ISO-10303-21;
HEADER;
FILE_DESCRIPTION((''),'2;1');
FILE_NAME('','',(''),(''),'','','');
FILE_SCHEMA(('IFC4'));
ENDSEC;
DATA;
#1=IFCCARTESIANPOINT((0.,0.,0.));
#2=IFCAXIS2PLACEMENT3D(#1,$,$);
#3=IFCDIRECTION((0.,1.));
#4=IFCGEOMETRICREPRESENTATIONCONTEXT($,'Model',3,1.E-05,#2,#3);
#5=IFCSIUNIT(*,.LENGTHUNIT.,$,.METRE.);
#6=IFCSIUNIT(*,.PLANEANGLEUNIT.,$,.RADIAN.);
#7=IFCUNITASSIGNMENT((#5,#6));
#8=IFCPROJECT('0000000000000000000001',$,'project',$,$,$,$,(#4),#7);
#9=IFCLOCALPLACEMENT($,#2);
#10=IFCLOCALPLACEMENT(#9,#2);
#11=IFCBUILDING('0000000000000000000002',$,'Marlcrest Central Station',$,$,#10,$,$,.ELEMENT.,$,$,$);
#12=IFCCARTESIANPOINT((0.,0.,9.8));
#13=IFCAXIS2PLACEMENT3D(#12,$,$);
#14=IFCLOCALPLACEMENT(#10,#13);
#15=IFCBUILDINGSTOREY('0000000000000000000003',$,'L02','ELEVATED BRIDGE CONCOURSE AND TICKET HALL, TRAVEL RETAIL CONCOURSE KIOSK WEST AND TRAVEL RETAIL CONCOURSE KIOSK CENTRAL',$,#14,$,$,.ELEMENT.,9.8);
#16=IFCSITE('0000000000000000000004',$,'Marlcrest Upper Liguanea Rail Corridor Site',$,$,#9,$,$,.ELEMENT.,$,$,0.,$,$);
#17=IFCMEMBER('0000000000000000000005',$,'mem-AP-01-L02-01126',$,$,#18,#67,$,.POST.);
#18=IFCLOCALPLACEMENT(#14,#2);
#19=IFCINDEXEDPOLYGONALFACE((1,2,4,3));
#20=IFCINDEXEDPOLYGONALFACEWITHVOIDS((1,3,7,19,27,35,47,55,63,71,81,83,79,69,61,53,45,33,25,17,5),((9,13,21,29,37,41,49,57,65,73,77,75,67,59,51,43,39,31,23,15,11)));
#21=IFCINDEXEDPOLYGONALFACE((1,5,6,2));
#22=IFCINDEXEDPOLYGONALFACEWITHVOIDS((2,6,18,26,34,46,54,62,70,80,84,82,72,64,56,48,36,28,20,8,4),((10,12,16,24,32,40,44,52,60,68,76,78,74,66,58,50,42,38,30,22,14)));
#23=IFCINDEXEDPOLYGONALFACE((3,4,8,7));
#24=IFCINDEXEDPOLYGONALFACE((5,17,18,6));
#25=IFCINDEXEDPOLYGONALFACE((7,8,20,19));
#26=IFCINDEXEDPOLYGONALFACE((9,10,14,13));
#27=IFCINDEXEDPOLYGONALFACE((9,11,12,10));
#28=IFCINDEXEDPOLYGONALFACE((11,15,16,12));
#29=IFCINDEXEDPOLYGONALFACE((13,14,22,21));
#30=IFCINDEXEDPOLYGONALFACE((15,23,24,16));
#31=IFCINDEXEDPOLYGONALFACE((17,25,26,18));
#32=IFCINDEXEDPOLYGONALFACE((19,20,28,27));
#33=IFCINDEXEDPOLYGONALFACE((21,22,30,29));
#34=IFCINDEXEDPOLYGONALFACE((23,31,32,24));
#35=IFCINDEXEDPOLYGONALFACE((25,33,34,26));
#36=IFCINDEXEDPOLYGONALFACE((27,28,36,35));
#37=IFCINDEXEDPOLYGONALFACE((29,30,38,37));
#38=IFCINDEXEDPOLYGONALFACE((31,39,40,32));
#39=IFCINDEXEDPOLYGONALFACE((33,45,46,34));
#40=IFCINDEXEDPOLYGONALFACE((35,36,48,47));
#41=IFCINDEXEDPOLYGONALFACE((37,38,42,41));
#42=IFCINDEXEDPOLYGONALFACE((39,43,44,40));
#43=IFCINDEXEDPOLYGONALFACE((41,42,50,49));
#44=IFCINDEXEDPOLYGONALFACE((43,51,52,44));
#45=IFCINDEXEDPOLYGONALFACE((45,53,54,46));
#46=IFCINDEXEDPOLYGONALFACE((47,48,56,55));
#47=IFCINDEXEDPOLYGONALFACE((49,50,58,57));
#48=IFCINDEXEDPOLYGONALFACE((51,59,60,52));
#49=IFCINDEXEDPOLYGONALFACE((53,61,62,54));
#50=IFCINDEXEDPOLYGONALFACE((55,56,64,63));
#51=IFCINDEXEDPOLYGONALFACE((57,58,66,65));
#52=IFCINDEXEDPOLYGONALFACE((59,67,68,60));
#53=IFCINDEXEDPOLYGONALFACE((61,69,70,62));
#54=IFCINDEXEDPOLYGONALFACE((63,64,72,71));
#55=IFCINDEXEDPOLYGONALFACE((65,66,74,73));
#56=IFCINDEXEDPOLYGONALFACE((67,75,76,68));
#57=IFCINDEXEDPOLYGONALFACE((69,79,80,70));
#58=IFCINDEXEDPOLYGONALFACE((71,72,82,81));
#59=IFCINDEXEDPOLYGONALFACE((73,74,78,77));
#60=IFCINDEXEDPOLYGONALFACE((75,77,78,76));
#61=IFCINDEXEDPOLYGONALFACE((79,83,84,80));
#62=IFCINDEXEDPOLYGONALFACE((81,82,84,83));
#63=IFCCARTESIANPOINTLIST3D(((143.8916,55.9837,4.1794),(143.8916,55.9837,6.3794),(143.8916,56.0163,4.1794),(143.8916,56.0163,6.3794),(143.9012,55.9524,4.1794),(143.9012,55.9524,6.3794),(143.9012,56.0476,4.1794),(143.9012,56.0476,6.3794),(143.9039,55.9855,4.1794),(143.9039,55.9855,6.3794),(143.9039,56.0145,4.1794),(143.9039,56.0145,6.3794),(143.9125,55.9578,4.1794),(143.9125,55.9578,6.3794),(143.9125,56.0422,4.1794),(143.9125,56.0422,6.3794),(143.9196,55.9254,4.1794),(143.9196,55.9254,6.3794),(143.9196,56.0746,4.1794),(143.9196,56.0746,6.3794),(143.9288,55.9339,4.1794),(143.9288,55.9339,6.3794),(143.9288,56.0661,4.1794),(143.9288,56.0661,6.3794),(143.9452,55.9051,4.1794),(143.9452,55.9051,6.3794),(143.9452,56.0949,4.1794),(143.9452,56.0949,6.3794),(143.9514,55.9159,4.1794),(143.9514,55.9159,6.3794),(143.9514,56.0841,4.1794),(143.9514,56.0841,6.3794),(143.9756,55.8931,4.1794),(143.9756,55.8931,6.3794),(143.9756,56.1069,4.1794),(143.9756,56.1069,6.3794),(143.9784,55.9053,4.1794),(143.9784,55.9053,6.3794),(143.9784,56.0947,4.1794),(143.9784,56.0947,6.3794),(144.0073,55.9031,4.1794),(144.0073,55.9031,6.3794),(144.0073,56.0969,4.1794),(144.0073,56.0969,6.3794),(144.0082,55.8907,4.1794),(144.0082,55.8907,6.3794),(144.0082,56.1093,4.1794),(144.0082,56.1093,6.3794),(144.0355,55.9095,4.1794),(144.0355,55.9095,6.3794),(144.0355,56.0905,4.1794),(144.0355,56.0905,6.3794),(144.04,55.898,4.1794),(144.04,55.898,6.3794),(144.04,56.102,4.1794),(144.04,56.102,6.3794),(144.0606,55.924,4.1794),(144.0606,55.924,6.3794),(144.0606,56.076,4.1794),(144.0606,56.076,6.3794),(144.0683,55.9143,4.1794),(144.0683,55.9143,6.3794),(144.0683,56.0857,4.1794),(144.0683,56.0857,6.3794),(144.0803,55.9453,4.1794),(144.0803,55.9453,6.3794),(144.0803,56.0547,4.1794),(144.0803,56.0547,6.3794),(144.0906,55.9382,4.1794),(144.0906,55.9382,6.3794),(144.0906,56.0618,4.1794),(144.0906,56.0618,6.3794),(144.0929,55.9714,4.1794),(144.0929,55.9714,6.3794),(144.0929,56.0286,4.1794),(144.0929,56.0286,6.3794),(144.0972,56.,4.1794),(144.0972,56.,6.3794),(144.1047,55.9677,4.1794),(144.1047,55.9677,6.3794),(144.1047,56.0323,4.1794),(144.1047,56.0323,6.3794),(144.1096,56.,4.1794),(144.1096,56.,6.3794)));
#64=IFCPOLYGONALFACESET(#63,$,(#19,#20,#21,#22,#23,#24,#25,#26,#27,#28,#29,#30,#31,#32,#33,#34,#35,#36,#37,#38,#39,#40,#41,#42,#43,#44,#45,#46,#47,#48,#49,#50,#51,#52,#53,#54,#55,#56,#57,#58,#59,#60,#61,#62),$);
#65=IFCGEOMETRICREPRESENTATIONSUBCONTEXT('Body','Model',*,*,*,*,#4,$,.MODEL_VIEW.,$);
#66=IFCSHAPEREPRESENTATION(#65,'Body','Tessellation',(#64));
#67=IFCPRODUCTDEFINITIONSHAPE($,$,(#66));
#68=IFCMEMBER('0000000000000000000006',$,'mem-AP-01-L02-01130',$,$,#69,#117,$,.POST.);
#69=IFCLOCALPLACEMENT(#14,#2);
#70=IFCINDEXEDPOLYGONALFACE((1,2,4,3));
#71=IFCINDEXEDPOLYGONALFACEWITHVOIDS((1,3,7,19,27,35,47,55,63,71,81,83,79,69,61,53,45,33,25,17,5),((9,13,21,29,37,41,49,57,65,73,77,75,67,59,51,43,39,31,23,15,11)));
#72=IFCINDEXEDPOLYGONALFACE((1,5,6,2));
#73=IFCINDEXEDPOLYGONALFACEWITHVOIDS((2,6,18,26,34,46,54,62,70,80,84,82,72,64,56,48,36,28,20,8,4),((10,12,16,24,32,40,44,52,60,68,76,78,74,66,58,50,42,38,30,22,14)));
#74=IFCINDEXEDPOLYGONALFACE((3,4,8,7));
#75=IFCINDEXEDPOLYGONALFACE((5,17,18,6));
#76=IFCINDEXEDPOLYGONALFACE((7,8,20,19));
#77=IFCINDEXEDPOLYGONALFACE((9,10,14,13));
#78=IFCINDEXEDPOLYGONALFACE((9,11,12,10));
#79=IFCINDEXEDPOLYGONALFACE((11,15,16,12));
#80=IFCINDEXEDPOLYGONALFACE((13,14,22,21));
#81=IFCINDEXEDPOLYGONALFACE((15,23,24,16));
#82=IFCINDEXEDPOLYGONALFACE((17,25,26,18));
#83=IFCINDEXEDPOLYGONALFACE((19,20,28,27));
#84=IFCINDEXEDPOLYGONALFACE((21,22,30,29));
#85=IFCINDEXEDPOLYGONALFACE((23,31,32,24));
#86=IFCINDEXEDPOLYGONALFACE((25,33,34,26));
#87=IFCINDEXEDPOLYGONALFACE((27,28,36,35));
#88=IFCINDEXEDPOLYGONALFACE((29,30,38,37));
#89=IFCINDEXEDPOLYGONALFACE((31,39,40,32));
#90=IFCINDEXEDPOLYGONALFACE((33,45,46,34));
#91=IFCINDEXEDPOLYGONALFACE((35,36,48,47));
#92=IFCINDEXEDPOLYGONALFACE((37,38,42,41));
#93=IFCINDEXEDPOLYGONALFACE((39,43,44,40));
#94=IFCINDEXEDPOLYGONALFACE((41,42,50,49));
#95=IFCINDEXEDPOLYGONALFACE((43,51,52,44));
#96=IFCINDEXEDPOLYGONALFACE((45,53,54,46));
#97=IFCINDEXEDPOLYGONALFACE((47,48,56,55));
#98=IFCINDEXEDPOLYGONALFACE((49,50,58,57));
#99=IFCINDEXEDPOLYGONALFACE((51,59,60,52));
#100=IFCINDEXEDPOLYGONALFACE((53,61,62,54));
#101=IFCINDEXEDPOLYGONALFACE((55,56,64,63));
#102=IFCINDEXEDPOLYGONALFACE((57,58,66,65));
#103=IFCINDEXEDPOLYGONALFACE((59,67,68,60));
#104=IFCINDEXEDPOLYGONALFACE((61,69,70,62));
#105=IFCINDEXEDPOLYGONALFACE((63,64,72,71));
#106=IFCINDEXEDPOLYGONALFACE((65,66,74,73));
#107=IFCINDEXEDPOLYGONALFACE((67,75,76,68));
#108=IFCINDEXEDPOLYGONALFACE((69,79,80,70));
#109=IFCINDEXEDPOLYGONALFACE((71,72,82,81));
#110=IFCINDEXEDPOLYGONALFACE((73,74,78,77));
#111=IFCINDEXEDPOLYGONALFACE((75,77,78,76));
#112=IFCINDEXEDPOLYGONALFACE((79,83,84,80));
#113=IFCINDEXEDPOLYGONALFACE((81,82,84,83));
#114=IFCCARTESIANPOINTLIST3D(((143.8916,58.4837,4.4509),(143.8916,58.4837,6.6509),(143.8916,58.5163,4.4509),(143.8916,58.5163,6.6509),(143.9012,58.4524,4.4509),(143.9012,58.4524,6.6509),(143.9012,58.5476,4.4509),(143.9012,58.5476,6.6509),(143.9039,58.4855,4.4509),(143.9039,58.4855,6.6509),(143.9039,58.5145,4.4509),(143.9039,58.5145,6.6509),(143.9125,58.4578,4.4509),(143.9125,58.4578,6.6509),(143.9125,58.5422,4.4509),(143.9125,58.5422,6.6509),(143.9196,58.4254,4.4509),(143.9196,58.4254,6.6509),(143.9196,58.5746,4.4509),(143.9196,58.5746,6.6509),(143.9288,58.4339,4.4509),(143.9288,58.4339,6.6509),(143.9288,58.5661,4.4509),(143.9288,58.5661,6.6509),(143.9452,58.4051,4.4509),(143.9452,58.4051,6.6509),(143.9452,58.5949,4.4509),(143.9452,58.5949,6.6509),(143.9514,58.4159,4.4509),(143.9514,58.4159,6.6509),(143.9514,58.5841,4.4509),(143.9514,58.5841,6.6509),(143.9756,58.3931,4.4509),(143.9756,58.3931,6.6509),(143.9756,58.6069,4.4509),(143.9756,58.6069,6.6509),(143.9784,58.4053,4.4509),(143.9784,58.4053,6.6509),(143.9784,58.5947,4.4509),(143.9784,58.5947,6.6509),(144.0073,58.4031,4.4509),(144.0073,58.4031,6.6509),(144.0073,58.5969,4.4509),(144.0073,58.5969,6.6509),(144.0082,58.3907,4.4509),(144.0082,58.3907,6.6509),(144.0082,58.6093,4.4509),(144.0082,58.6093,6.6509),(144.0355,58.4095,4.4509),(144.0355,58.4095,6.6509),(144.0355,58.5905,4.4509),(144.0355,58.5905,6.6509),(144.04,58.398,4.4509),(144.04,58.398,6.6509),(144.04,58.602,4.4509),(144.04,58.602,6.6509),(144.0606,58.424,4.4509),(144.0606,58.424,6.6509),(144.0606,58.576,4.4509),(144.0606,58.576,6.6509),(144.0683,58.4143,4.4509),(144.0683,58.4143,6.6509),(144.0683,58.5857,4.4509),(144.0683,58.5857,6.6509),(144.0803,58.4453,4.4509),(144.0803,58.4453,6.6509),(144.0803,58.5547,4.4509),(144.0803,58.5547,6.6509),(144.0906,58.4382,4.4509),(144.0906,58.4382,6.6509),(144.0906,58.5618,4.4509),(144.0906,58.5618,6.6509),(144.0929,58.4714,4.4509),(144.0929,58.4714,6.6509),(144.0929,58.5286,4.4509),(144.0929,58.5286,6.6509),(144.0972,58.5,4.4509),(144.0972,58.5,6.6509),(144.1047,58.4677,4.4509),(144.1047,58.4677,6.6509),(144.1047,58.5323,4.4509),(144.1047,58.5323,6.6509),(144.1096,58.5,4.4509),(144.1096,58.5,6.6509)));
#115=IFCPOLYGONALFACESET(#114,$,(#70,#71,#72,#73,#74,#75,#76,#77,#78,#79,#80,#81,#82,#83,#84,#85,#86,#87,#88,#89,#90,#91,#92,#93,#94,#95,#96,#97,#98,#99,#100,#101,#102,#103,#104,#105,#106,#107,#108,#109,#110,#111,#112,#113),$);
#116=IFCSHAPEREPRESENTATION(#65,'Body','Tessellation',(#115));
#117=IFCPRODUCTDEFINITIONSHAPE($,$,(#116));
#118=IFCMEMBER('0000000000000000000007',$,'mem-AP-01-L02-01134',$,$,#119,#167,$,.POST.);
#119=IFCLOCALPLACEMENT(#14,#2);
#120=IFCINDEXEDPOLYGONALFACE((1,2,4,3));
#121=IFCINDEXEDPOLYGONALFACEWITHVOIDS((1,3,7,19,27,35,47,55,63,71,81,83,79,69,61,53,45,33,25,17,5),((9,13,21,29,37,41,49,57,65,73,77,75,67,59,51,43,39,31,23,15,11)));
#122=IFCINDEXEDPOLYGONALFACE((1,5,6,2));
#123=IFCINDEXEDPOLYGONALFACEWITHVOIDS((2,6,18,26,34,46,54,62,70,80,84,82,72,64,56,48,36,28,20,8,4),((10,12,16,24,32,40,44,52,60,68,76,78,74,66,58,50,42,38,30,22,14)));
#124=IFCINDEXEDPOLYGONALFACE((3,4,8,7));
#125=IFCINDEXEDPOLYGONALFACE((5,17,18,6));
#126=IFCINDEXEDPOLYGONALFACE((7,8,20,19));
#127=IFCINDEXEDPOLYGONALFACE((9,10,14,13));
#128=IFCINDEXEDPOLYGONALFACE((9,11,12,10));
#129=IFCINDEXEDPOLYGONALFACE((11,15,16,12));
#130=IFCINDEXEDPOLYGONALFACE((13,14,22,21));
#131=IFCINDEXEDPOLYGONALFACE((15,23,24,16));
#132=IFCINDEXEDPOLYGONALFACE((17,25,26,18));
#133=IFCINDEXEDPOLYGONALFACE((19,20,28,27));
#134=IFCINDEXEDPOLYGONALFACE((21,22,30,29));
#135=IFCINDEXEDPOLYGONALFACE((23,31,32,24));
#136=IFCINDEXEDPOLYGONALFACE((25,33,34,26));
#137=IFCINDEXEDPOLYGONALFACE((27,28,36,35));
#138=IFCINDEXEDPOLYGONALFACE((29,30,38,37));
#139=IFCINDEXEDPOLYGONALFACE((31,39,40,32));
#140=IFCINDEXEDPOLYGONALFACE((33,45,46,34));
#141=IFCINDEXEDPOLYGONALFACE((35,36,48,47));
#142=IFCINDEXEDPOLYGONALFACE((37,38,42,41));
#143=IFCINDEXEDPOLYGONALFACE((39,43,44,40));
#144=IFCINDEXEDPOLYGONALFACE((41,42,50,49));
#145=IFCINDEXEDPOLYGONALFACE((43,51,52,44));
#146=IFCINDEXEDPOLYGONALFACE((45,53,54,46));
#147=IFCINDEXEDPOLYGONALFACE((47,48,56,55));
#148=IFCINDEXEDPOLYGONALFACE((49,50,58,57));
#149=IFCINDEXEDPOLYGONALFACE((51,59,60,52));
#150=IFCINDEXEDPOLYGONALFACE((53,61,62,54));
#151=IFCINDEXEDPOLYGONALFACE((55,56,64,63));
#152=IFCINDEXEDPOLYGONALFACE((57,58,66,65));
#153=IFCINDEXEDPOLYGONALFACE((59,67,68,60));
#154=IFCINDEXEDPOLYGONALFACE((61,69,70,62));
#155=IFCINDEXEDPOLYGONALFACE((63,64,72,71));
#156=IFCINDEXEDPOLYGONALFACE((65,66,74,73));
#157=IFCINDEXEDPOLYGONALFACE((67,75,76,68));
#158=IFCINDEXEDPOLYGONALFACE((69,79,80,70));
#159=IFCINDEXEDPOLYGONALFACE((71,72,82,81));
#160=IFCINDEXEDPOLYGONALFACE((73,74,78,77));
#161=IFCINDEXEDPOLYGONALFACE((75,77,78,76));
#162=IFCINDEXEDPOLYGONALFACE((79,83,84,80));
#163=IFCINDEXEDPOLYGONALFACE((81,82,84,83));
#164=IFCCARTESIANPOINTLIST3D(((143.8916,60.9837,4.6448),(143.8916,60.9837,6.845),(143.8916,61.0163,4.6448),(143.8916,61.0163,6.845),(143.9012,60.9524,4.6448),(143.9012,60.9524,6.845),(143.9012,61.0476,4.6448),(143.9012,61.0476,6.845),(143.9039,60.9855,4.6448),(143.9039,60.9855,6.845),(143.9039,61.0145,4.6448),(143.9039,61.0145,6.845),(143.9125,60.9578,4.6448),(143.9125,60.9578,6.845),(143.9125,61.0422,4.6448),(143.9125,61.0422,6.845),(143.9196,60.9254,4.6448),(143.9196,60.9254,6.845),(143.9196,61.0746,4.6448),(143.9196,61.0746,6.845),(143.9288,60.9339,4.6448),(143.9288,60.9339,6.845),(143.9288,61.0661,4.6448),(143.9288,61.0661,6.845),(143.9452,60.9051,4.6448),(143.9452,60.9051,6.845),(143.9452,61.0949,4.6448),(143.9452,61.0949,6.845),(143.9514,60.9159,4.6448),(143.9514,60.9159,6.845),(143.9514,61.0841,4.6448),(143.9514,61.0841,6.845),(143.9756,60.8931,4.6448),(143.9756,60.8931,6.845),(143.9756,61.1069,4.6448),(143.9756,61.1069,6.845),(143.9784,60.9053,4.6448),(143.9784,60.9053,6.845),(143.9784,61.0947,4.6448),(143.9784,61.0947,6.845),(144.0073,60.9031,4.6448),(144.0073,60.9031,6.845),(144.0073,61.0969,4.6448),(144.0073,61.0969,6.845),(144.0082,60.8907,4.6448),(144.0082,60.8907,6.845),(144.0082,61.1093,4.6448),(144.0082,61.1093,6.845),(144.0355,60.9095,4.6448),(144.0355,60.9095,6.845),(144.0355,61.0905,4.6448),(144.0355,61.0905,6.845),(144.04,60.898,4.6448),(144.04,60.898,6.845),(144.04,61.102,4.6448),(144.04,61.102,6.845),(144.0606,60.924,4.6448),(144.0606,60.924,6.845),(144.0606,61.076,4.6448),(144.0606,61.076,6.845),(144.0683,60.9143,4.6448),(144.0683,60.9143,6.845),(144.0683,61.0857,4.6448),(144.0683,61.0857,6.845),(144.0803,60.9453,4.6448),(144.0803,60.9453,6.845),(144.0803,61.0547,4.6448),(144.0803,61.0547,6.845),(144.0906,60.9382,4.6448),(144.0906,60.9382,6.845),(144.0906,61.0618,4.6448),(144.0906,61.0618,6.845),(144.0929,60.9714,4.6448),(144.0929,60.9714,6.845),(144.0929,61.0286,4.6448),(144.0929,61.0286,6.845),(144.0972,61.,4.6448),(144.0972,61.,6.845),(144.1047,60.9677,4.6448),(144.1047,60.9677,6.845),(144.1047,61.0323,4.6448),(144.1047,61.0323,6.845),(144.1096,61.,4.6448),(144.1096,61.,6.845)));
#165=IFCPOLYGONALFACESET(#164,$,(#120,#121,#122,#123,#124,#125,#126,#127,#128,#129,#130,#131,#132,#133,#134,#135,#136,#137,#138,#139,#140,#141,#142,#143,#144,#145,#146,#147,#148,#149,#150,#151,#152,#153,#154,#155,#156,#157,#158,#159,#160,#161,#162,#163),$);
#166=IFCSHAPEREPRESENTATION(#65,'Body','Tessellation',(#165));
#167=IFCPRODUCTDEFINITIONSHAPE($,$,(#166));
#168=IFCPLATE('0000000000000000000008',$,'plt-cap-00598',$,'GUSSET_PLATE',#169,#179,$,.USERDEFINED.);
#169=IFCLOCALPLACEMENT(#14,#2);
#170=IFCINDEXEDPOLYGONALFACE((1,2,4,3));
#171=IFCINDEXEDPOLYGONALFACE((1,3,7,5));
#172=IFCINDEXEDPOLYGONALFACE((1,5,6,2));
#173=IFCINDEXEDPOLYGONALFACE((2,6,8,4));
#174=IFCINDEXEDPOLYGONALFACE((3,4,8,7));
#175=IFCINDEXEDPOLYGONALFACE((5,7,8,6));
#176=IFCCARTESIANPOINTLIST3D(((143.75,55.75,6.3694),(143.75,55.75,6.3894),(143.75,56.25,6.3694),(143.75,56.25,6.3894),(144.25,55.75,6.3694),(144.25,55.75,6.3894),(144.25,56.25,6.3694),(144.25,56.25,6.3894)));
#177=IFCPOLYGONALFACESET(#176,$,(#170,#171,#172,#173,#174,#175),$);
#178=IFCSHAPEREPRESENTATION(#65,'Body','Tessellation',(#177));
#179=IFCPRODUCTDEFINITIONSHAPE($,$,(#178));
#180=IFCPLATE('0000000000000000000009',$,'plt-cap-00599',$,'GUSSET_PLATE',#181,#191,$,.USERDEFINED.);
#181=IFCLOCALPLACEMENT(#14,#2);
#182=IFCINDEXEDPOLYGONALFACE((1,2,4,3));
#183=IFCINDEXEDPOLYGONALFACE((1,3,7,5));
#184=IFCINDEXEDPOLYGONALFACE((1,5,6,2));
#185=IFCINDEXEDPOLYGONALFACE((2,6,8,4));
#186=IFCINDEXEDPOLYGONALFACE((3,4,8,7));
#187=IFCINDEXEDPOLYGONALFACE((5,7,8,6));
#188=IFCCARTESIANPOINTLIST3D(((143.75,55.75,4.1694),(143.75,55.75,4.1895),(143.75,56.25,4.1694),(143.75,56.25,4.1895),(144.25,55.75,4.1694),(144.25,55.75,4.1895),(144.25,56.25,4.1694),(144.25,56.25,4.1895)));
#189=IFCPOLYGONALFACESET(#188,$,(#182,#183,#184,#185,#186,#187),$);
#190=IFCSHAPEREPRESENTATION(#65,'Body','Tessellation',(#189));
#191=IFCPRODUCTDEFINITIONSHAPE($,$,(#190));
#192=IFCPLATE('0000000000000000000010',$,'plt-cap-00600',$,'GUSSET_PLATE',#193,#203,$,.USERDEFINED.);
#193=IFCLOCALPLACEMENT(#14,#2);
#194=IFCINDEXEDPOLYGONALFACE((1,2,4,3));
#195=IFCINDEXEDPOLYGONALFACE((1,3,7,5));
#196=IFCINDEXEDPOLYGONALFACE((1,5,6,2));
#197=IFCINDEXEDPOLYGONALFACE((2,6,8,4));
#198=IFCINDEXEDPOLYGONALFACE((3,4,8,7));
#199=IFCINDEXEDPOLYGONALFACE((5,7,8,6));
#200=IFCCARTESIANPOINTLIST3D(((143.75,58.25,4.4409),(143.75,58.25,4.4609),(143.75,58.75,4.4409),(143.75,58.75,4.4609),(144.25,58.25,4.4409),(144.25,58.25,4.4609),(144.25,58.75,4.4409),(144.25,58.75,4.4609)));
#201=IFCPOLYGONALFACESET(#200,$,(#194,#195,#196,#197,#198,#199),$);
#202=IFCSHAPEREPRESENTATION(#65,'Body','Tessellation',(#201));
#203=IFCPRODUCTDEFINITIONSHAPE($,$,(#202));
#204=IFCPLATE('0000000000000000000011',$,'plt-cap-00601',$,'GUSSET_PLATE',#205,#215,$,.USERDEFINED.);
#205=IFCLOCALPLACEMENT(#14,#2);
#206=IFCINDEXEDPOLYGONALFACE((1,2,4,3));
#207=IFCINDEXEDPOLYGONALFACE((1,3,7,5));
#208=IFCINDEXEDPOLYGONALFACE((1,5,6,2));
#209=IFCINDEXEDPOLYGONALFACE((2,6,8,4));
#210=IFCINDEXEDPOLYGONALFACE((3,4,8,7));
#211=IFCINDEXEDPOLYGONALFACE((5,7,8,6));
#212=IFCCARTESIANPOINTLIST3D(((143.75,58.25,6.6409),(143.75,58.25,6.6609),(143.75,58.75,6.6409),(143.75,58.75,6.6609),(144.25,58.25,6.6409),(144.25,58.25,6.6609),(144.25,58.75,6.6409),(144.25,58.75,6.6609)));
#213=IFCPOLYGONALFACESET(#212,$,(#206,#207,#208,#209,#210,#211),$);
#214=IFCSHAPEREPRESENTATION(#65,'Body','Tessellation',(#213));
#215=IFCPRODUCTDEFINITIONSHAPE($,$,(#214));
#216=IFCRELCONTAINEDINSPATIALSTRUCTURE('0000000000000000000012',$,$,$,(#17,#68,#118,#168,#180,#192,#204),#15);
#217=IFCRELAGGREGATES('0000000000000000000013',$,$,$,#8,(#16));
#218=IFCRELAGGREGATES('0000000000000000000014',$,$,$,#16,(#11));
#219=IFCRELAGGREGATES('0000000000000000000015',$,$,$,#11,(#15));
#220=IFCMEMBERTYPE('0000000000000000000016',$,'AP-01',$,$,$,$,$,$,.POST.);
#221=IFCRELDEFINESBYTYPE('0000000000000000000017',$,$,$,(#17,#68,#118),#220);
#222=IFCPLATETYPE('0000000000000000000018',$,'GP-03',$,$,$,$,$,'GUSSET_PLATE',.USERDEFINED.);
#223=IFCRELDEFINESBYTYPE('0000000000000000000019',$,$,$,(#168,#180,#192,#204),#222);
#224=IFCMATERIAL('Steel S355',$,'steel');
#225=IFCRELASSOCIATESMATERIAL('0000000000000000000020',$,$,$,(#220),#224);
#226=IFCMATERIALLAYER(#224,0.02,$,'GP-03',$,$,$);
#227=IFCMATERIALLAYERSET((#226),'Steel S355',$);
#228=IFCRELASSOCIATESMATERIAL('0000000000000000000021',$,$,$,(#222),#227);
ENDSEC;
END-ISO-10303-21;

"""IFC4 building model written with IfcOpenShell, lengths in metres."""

from ifc_helpers import new_model, si_unit, direction, frame, origin, origin_2d, place, context, subcontext, project, spatial, rectangle, hollow_circle, extrude, material, layer, layer_set, material_profile, profile_set, type_object, element, save


model = new_model("IFC4")

# Units and contexts
model_context = context("Model", 3, precision=1e-05, world=origin(), true_north=direction((0.0, 1.0)))
body_context = subcontext(model_context, "Body", "Model", "MODEL_VIEW")
ifc_project = project(units=[si_unit("LENGTHUNIT", "METRE"), si_unit("PLANEANGLEUNIT", "RADIAN")], contexts=[model_context])

# Site, building, storey
site_placement = place(None, origin())
site = spatial("IfcSite", under=ifc_project, at=site_placement, Name="Marlcrest Upper Liguanea Rail Corridor Site", CompositionType="ELEMENT", RefElevation=0.0)
building_placement = place(site_placement, origin())
building = spatial("IfcBuilding", under=site, at=building_placement, Name="Marlcrest Central Station", CompositionType="ELEMENT")
storey_placement = place(building_placement, frame((0.0, 0.0, 9.8)))
storey = spatial("IfcBuildingStorey", under=building, at=storey_placement, Name="L02", Description="ELEVATED BRIDGE CONCOURSE AND TICKET HALL, TRAVEL RETAIL CONCOURSE KIOSK WEST AND TRAVEL RETAIL CONCOURSE KIOSK CENTRAL", CompositionType="ELEMENT", Elevation=9.8)

# Members
ifc_material = material(Name="Steel S355", Category="steel")
ifc_material_profile_1 = material_profile(ifc_material, hollow_circle(Radius=0.1096, WallThickness=0.0125, at=origin_2d()), Name="CHS 219.1x12.5")
ifc_profile_set_1 = profile_set([ifc_material_profile_1], Name="Steel S355")
member_type_1 = type_object("IfcMemberType", Name="AP-01", PredefinedType="POST", material=ifc_profile_set_1)
for number, where, z_axis, x_axis, name in (
    (1, (144.0, 56.0, 4.1794), (0.0, 0.0, 1.0), (1.0, 0.0, 0.0), "mem-AP-01-L02-01126"),
    (2, (144.0, 58.5, 4.4509), (0.0, 0.0, 1.0), (1.0, 0.0, 0.0), "mem-AP-01-L02-01130"),
):
    element("IfcMember", number, at=place(storey_placement, frame(where, z_axis=z_axis, x_axis=x_axis)), inside=storey, type_object=member_type_1, Name=name, PredefinedType="POST", context=body_context, shape_type="SweptSolid", body=[
        extrude(hollow_circle(Radius=0.1096, WallThickness=0.0125, at=origin_2d()), origin(), (0.0, 0.0, 1.0), 2.2),
    ])
member_1_placement = place(storey_placement, frame((144.0, 61.0, 4.6448), z_axis=(0.0, 0.0, 1.0), x_axis=(1.0, 0.0, 0.0)))
element("IfcMember", 3, at=member_1_placement, inside=storey, type_object=member_type_1, Name="mem-AP-01-L02-01134", PredefinedType="POST", context=body_context, shape_type="SweptSolid", body=[
    extrude(hollow_circle(Radius=0.1096, WallThickness=0.0125, at=origin_2d()), origin(), (0.0, 0.0, 1.0), 2.2002),
])

# Plates
ifc_layer = layer(ifc_material, 0.02, Name="GP-03")
ifc_layer_set = layer_set([ifc_layer], Name="Steel S355")
plate_type = type_object("IfcPlateType", Name="GP-03", ElementType="GUSSET_PLATE", PredefinedType="USERDEFINED", material=ifc_layer_set)
for number, where, z_axis, x_axis, name in (
    (4, (144.0, 56.0, 6.3694), (0.0, 0.0, 1.0), (1.0, 0.0, 0.0), "plt-cap-00598"),
    (5, (144.0, 56.0, 4.1694), (0.0, 0.0, 1.0), (1.0, 0.0, 0.0), "plt-cap-00599"),
    (6, (144.0, 58.5, 4.4409), (0.0, 0.0, 1.0), (1.0, 0.0, 0.0), "plt-cap-00600"),
    (7, (144.0, 58.5, 6.6409), (0.0, 0.0, 1.0), (1.0, 0.0, 0.0), "plt-cap-00601"),
):
    element("IfcPlate", number, at=place(storey_placement, frame(where, z_axis=z_axis, x_axis=x_axis)), inside=storey, type_object=plate_type, Name=name, ObjectType="GUSSET_PLATE", PredefinedType="USERDEFINED", context=body_context, shape_type="SweptSolid", body=[
        extrude(rectangle(XDim=0.5, YDim=0.5, at=origin_2d()), origin(), (0.0, 0.0, 1.0), 0.02),
    ])

save(model, "model.ifc")
